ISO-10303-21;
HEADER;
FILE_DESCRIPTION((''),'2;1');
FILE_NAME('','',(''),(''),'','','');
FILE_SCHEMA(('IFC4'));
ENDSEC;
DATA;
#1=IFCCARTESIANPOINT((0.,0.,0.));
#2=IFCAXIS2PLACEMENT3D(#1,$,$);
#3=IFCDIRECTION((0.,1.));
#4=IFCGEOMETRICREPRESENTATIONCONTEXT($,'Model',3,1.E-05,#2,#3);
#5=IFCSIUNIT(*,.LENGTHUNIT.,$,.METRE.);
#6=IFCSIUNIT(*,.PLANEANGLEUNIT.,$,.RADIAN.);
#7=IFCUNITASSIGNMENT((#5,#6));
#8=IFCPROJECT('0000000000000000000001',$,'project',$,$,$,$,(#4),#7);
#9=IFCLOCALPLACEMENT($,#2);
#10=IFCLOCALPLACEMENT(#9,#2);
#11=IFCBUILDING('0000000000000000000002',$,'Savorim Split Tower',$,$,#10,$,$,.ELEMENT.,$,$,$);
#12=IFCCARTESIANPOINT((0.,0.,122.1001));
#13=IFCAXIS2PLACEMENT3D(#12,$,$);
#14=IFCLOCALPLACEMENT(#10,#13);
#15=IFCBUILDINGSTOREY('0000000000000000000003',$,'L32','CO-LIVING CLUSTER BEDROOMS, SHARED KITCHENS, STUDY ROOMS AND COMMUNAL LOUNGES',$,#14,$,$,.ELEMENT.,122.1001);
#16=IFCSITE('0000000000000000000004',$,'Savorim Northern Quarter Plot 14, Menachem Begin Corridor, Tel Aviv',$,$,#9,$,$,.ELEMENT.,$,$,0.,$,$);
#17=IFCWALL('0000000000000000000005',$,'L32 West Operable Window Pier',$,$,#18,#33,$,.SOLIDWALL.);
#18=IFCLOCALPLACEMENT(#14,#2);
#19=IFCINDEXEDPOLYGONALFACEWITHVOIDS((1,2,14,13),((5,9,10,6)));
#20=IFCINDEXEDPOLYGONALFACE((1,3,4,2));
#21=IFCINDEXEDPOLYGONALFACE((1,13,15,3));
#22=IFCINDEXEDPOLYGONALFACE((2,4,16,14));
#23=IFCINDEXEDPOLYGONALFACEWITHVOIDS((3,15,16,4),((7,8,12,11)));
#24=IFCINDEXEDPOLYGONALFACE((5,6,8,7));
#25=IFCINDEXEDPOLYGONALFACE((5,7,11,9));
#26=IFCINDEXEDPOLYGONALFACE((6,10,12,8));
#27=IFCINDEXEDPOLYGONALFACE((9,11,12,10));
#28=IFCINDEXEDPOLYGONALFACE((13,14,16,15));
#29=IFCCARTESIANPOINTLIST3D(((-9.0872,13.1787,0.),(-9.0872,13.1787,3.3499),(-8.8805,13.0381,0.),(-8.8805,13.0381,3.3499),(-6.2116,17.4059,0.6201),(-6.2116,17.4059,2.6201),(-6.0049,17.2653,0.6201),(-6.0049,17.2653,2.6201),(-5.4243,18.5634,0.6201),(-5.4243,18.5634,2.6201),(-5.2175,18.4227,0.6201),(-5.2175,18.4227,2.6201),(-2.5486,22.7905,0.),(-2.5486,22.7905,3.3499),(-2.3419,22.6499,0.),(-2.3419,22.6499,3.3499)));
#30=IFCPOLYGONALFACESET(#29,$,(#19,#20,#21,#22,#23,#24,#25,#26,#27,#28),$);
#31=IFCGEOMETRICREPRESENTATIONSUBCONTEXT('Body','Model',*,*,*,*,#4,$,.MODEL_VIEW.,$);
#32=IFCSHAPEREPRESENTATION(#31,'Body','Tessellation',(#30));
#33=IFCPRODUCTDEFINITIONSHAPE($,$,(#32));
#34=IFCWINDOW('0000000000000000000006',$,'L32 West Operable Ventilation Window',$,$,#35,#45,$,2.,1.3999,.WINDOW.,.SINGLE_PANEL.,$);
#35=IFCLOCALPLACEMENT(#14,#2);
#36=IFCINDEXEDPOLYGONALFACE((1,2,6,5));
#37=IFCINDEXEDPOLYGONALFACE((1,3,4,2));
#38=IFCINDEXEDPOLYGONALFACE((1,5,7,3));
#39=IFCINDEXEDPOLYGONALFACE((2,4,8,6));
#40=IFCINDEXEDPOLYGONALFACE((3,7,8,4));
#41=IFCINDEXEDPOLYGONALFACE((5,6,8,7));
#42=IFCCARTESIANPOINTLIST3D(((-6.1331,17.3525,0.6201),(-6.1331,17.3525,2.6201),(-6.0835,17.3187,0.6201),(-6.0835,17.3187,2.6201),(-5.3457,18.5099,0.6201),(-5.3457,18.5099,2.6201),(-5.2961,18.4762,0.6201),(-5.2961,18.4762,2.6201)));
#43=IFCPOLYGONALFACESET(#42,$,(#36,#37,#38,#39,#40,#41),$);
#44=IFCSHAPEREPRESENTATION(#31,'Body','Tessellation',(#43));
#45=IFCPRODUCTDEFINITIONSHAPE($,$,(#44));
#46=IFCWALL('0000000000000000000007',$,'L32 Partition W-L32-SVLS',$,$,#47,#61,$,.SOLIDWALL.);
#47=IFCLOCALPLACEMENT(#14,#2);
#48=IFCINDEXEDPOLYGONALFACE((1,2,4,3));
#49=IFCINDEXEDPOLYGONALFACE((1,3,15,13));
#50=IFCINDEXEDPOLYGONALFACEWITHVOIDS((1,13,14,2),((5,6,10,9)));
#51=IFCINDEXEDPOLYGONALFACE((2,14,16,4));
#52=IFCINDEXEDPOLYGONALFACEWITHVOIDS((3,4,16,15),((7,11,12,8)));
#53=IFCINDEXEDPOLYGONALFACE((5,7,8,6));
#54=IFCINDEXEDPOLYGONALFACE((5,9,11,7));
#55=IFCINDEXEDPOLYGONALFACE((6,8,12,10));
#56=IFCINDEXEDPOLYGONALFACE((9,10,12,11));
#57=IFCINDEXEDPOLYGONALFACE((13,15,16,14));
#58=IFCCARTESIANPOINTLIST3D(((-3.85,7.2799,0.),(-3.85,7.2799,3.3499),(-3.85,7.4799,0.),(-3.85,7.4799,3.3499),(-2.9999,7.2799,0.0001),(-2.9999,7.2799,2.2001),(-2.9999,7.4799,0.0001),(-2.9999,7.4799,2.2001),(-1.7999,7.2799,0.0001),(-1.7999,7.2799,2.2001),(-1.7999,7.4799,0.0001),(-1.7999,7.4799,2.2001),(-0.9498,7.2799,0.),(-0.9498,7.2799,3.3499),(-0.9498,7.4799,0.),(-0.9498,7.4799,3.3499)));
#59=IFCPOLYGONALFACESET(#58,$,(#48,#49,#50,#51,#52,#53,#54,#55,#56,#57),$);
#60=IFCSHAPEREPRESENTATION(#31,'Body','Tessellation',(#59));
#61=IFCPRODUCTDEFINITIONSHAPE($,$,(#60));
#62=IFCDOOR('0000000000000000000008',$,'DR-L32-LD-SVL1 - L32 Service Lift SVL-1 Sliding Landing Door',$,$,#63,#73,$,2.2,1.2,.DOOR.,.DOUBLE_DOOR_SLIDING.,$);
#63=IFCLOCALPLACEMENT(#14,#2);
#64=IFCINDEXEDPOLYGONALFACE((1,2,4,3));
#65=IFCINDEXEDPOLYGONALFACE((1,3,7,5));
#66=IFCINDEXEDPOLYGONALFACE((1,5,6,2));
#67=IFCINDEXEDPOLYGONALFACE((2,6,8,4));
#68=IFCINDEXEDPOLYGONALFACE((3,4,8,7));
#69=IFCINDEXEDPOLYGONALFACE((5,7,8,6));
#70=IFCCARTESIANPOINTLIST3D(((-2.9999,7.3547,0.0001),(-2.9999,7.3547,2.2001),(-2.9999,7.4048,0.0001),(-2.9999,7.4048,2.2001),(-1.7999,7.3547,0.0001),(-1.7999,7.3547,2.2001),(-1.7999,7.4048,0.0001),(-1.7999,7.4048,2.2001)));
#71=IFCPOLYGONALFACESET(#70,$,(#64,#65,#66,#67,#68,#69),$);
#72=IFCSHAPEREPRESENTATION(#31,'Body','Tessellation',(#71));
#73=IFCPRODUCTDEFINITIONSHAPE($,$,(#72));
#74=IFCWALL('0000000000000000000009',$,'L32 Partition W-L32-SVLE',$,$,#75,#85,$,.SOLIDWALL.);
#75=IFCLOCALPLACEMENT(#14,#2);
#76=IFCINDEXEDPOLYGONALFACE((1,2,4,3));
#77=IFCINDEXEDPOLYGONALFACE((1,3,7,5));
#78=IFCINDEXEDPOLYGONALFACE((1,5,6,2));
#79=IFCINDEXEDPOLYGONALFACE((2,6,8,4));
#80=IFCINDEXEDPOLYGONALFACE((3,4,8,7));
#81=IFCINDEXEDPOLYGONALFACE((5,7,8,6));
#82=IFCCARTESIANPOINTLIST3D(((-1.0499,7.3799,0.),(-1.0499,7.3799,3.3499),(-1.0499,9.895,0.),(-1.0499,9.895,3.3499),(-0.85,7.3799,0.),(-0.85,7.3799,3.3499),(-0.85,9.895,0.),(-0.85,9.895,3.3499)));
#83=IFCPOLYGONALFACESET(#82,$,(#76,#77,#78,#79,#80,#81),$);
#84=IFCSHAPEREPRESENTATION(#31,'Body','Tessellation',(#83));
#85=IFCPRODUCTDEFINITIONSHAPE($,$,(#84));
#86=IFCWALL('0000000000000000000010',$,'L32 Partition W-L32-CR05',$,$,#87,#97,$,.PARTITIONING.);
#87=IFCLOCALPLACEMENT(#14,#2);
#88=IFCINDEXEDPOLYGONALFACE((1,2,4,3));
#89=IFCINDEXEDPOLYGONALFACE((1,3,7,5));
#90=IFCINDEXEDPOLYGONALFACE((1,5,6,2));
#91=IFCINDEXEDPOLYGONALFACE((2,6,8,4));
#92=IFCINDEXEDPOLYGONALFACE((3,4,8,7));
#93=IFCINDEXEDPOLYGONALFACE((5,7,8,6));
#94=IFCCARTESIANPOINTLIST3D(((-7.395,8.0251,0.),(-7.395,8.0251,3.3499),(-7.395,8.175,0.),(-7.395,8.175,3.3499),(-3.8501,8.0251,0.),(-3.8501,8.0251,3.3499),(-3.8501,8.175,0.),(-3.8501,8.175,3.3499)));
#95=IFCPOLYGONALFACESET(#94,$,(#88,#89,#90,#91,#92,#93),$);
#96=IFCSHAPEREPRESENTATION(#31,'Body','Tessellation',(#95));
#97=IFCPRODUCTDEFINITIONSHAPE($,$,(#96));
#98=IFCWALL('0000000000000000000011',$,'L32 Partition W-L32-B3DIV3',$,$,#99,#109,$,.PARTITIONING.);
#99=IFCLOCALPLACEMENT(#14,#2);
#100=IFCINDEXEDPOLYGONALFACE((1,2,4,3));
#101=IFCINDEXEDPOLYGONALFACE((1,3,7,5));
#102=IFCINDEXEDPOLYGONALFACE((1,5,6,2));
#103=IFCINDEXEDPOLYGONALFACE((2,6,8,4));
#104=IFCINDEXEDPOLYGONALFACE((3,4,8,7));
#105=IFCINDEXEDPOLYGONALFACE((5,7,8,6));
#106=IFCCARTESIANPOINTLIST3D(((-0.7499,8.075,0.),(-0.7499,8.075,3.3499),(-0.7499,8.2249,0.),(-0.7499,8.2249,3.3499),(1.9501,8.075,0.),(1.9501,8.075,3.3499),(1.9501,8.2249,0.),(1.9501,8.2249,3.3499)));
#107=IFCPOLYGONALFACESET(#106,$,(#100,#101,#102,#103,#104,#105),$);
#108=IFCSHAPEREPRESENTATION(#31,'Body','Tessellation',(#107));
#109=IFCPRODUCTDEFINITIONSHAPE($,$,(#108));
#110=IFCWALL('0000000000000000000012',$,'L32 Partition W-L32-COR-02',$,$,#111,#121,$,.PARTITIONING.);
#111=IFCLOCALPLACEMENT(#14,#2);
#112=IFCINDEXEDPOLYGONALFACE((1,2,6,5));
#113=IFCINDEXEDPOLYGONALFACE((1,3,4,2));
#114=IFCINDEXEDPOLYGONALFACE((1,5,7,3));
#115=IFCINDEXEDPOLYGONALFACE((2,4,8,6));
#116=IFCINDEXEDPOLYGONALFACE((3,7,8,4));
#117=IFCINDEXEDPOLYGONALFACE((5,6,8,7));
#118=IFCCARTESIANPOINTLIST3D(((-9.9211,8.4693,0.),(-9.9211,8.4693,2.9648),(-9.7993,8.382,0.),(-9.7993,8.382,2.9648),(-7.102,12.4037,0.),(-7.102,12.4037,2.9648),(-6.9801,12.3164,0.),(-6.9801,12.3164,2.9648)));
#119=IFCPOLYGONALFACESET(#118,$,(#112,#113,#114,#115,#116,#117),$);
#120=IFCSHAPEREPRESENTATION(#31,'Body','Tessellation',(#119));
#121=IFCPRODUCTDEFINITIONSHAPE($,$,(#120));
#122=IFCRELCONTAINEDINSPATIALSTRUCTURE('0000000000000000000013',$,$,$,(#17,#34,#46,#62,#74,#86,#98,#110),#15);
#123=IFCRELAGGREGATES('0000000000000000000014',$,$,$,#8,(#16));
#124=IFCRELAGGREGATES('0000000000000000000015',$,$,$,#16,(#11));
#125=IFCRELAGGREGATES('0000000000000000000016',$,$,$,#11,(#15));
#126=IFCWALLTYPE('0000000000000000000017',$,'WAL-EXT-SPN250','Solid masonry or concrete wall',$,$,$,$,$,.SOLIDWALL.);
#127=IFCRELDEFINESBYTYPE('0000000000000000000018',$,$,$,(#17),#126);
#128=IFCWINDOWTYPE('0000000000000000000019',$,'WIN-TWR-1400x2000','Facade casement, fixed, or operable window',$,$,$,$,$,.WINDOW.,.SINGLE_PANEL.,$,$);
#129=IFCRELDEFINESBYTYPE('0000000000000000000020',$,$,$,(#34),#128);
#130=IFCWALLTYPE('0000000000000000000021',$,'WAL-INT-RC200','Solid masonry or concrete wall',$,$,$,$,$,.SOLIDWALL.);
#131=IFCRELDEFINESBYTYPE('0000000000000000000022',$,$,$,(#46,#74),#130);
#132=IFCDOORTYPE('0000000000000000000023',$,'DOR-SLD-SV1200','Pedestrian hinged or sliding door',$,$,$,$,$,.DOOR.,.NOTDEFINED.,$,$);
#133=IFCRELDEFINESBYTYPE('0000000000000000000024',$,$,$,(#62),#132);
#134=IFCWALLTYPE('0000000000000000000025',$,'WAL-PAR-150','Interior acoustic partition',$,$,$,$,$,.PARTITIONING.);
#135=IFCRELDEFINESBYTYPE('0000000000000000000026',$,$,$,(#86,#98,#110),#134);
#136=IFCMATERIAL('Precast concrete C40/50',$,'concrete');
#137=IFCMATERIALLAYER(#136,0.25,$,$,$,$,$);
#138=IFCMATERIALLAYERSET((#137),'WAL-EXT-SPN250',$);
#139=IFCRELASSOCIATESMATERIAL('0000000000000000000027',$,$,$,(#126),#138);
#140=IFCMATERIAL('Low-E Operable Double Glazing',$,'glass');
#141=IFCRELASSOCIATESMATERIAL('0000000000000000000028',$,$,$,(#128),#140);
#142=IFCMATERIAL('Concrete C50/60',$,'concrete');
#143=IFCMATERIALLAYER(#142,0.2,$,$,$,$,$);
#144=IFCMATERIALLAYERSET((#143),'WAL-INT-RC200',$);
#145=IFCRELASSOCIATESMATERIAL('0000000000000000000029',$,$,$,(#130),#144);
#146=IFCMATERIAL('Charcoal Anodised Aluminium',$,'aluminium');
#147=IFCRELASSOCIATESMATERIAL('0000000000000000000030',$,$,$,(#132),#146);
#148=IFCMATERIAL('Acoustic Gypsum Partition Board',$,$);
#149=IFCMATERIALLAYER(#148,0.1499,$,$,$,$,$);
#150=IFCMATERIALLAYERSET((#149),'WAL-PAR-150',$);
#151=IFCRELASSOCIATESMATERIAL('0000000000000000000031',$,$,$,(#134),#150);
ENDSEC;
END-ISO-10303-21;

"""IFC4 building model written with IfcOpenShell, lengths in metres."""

from ifc_helpers import new_model, si_unit, direction, frame, frame_2d, origin, place, context, subcontext, project, spatial, rectangle, extrude, material, layer, layer_set, type_object, element, fill, save


model = new_model("IFC4")

# Units and contexts
model_context = context("Model", 3, precision=1e-05, world=origin(), true_north=direction((0.0, 1.0)))
body_context = subcontext(model_context, "Body", "Model", "MODEL_VIEW")
ifc_project = project(units=[si_unit("LENGTHUNIT", "METRE"), si_unit("PLANEANGLEUNIT", "RADIAN")], contexts=[model_context])

# Site, building, storey
site_placement = place(None, origin())
site = spatial("IfcSite", under=ifc_project, at=site_placement, Name="Savorim Northern Quarter Plot 14, Menachem Begin Corridor, Tel Aviv", CompositionType="ELEMENT", RefElevation=0.0)
building_placement = place(site_placement, origin())
building = spatial("IfcBuilding", under=site, at=building_placement, Name="Savorim Split Tower", CompositionType="ELEMENT")
storey_placement = place(building_placement, frame((0.0, 0.0, 122.1001)))
storey = spatial("IfcBuildingStorey", under=building, at=storey_placement, Name="L32", Description="CO-LIVING CLUSTER BEDROOMS, SHARED KITCHENS, STUDY ROOMS AND COMMUNAL LOUNGES", CompositionType="ELEMENT", Elevation=122.1001)

# Shared definitions
ifc_material_1 = material(Name="Charcoal Anodised Aluminium", Category="aluminium")

# Shared definitions
ifc_material_2 = material(Name="Precast concrete C40/50", Category="concrete")

# Wall, opening, window
ifc_layer_1 = layer(ifc_material_2, 0.25)
ifc_layer_set_1 = layer_set([ifc_layer_1], Name="WAL-EXT-SPN250")
wall_type_1 = type_object("IfcWallType", Name="WAL-EXT-SPN250", Description="Solid masonry or concrete wall", PredefinedType="SOLIDWALL", material=ifc_layer_set_1)
wall_1_placement = place(storey_placement, frame((-8.9839, 13.1084, 0.0), z_axis=(0.0, 0.0, 1.0), x_axis=(0.562459, 0.826825, 0.0)))
wall_1 = element("IfcWall", 1, at=wall_1_placement, inside=storey, type_object=wall_type_1, Name="L32 West Operable Window Pier", PredefinedType="SOLIDWALL", context=body_context, shape_type="SweptSolid", body=[
    extrude(rectangle(XDim=11.625, YDim=0.25, at=frame_2d((5.8125, 0.0))), origin(), (0.0, 0.0, 1.0), 3.3499),
])
opening_1_placement = place(wall_1_placement, frame((5.1125, 0.0, 0.6201)))
opening_1 = element("IfcOpeningElement", 2, at=opening_1_placement, cuts=wall_1, PredefinedType="OPENING", context=body_context, shape_type="SweptSolid", body=[
    extrude(rectangle(XDim=1.3999, YDim=2.0, at=frame_2d((0.7, 1.0))), frame((0.0, 0.135, 0.0), z_axis=(0.0, -1.0, 0.0), x_axis=(1.0, 0.0, 0.0)), (0.0, 0.0, 1.0), 0.27),
])
ifc_material_3 = material(Name="Low-E Operable Double Glazing", Category="glass")
window_type = type_object("IfcWindowType", Name="WIN-TWR-1400x2000", Description="Facade casement, fixed, or operable window", PartitioningType="SINGLE_PANEL", PredefinedType="WINDOW", material=ifc_material_3)
window_placement = place(opening_1_placement, origin())
window = element("IfcWindow", 3, at=window_placement, inside=storey, type_object=window_type, Name="L32 West Operable Ventilation Window", OverallHeight=2.0, OverallWidth=1.3999, PartitioningType="SINGLE_PANEL", PredefinedType="WINDOW", context=body_context, shape_type="SweptSolid", body=[
    extrude(rectangle(XDim=1.3999, YDim=2.0, at=frame_2d((0.7, 1.0))), frame((0.0, 0.03, 0.0), z_axis=(0.0, -1.0, 0.0), x_axis=(1.0, 0.0, 0.0)), (0.0, 0.0, 1.0), 0.0601),
])
fill(opening_1, window)

# Wall, opening, door
ifc_material_4 = material(Name="Concrete C50/60", Category="concrete")
ifc_layer_2 = layer(ifc_material_4, 0.2)
ifc_layer_set_2 = layer_set([ifc_layer_2], Name="WAL-INT-RC200")
wall_type_2 = type_object("IfcWallType", Name="WAL-INT-RC200", Description="Solid masonry or concrete wall", PredefinedType="SOLIDWALL", material=ifc_layer_set_2)
wall_2_placement = place(storey_placement, frame((-3.8501, 7.3799, 0.0), z_axis=(0.0, 0.0, 1.0), x_axis=(1.0, 0.0, 0.0)))
wall_2 = element("IfcWall", 4, at=wall_2_placement, inside=storey, type_object=wall_type_2, Name="L32 Partition W-L32-SVLS", PredefinedType="SOLIDWALL", context=body_context, shape_type="SweptSolid", body=[
    extrude(rectangle(XDim=2.9001, YDim=0.2, at=frame_2d((1.4502, 0.0))), origin(), (0.0, 0.0, 1.0), 3.3499),
])
opening_2_placement = place(wall_2_placement, frame((0.8501, 0.0, 0.0)))
opening_2 = element("IfcOpeningElement", 5, at=opening_2_placement, cuts=wall_2, PredefinedType="OPENING", context=body_context, shape_type="SweptSolid", body=[
    extrude(rectangle(XDim=1.2, YDim=2.2, at=frame_2d((0.6001, 1.1001))), frame((0.0, 0.1099, 0.0), z_axis=(0.0, -1.0, 0.0), x_axis=(1.0, 0.0, 0.0)), (0.0, 0.0, 1.0), 0.22),
])
door_type_1 = type_object("IfcDoorType", Name="DOR-SLD-SV1200", Description="Pedestrian hinged or sliding door", OperationType="NOTDEFINED", PredefinedType="DOOR", material=ifc_material_1)
door_1_placement = place(opening_2_placement, origin())
door_1 = element("IfcDoor", 6, at=door_1_placement, inside=storey, type_object=door_type_1, Name="DR-L32-LD-SVL1 - L32 Service Lift SVL-1 Sliding Landing Door", OperationType="DOUBLE_DOOR_SLIDING", OverallHeight=2.2, OverallWidth=1.2, PredefinedType="DOOR", context=body_context, shape_type="SweptSolid", body=[
    extrude(rectangle(XDim=1.2, YDim=2.2, at=frame_2d((0.6001, 1.1001))), frame((0.0, 0.0249, 0.0), z_axis=(0.0, -1.0, 0.0), x_axis=(1.0, 0.0, 0.0)), (0.0, 0.0, 1.0), 0.05),
])
fill(opening_2, door_1)

# Walls
wall_3_placement = place(storey_placement, frame((-0.95, 7.3799, 0.0), z_axis=(0.0, 0.0, 1.0), x_axis=(0.0, 1.0, 0.0)))
element("IfcWall", 7, at=wall_3_placement, inside=storey, type_object=wall_type_2, Name="L32 Partition W-L32-SVLE", PredefinedType="SOLIDWALL", context=body_context, shape_type="SweptSolid", body=[
    extrude(rectangle(XDim=2.5151, YDim=0.2, at=frame_2d((1.2576, 0.0))), origin(), (0.0, 0.0, 1.0), 3.3499),
])
ifc_material_5 = material(Name="Acoustic Gypsum Partition Board")
ifc_layer_3 = layer(ifc_material_5, 0.1499)
ifc_layer_set_3 = layer_set([ifc_layer_3], Name="WAL-PAR-150")
wall_type_3 = type_object("IfcWallType", Name="WAL-PAR-150", Description="Interior acoustic partition", PredefinedType="PARTITIONING", material=ifc_layer_set_3)
wall_4_placement = place(storey_placement, frame((-7.395, 8.1001, 0.0), z_axis=(0.0, 0.0, 1.0), x_axis=(1.0, 0.0, 0.0)))
element("IfcWall", 8, at=wall_4_placement, inside=storey, type_object=wall_type_3, Name="L32 Partition W-L32-CR05", PredefinedType="PARTITIONING", context=body_context, shape_type="SweptSolid", body=[
    extrude(rectangle(XDim=3.5449, YDim=0.1499, at=frame_2d((1.7725, 0.0))), origin(), (0.0, 0.0, 1.0), 3.3499),
])
wall_5_placement = place(storey_placement, frame((-0.75, 8.1499, 0.0), z_axis=(0.0, 0.0, 1.0), x_axis=(1.0, 0.0, 0.0)))
element("IfcWall", 9, at=wall_5_placement, inside=storey, type_object=wall_type_3, Name="L32 Partition W-L32-B3DIV3", PredefinedType="PARTITIONING", context=body_context, shape_type="SweptSolid", body=[
    extrude(rectangle(XDim=2.7, YDim=0.1499, at=frame_2d((1.3501, 0.0))), origin(), (0.0, 0.0, 1.0), 3.3499),
])
wall_6_placement = place(storey_placement, frame((-9.8601, 8.4258, 0.0), z_axis=(0.0, 0.0, 1.0), x_axis=(0.58245, 0.812867, 0.0)))
element("IfcWall", 10, at=wall_6_placement, inside=storey, type_object=wall_type_3, Name="L32 Partition W-L32-COR-02", PredefinedType="PARTITIONING", context=body_context, shape_type="SweptSolid", body=[
    extrude(rectangle(XDim=4.8401, YDim=0.1499, at=frame_2d((2.4199, 0.0))), origin(), (0.0, 0.0, 1.0), 2.9648),
])

save(model, "model.ifc")
